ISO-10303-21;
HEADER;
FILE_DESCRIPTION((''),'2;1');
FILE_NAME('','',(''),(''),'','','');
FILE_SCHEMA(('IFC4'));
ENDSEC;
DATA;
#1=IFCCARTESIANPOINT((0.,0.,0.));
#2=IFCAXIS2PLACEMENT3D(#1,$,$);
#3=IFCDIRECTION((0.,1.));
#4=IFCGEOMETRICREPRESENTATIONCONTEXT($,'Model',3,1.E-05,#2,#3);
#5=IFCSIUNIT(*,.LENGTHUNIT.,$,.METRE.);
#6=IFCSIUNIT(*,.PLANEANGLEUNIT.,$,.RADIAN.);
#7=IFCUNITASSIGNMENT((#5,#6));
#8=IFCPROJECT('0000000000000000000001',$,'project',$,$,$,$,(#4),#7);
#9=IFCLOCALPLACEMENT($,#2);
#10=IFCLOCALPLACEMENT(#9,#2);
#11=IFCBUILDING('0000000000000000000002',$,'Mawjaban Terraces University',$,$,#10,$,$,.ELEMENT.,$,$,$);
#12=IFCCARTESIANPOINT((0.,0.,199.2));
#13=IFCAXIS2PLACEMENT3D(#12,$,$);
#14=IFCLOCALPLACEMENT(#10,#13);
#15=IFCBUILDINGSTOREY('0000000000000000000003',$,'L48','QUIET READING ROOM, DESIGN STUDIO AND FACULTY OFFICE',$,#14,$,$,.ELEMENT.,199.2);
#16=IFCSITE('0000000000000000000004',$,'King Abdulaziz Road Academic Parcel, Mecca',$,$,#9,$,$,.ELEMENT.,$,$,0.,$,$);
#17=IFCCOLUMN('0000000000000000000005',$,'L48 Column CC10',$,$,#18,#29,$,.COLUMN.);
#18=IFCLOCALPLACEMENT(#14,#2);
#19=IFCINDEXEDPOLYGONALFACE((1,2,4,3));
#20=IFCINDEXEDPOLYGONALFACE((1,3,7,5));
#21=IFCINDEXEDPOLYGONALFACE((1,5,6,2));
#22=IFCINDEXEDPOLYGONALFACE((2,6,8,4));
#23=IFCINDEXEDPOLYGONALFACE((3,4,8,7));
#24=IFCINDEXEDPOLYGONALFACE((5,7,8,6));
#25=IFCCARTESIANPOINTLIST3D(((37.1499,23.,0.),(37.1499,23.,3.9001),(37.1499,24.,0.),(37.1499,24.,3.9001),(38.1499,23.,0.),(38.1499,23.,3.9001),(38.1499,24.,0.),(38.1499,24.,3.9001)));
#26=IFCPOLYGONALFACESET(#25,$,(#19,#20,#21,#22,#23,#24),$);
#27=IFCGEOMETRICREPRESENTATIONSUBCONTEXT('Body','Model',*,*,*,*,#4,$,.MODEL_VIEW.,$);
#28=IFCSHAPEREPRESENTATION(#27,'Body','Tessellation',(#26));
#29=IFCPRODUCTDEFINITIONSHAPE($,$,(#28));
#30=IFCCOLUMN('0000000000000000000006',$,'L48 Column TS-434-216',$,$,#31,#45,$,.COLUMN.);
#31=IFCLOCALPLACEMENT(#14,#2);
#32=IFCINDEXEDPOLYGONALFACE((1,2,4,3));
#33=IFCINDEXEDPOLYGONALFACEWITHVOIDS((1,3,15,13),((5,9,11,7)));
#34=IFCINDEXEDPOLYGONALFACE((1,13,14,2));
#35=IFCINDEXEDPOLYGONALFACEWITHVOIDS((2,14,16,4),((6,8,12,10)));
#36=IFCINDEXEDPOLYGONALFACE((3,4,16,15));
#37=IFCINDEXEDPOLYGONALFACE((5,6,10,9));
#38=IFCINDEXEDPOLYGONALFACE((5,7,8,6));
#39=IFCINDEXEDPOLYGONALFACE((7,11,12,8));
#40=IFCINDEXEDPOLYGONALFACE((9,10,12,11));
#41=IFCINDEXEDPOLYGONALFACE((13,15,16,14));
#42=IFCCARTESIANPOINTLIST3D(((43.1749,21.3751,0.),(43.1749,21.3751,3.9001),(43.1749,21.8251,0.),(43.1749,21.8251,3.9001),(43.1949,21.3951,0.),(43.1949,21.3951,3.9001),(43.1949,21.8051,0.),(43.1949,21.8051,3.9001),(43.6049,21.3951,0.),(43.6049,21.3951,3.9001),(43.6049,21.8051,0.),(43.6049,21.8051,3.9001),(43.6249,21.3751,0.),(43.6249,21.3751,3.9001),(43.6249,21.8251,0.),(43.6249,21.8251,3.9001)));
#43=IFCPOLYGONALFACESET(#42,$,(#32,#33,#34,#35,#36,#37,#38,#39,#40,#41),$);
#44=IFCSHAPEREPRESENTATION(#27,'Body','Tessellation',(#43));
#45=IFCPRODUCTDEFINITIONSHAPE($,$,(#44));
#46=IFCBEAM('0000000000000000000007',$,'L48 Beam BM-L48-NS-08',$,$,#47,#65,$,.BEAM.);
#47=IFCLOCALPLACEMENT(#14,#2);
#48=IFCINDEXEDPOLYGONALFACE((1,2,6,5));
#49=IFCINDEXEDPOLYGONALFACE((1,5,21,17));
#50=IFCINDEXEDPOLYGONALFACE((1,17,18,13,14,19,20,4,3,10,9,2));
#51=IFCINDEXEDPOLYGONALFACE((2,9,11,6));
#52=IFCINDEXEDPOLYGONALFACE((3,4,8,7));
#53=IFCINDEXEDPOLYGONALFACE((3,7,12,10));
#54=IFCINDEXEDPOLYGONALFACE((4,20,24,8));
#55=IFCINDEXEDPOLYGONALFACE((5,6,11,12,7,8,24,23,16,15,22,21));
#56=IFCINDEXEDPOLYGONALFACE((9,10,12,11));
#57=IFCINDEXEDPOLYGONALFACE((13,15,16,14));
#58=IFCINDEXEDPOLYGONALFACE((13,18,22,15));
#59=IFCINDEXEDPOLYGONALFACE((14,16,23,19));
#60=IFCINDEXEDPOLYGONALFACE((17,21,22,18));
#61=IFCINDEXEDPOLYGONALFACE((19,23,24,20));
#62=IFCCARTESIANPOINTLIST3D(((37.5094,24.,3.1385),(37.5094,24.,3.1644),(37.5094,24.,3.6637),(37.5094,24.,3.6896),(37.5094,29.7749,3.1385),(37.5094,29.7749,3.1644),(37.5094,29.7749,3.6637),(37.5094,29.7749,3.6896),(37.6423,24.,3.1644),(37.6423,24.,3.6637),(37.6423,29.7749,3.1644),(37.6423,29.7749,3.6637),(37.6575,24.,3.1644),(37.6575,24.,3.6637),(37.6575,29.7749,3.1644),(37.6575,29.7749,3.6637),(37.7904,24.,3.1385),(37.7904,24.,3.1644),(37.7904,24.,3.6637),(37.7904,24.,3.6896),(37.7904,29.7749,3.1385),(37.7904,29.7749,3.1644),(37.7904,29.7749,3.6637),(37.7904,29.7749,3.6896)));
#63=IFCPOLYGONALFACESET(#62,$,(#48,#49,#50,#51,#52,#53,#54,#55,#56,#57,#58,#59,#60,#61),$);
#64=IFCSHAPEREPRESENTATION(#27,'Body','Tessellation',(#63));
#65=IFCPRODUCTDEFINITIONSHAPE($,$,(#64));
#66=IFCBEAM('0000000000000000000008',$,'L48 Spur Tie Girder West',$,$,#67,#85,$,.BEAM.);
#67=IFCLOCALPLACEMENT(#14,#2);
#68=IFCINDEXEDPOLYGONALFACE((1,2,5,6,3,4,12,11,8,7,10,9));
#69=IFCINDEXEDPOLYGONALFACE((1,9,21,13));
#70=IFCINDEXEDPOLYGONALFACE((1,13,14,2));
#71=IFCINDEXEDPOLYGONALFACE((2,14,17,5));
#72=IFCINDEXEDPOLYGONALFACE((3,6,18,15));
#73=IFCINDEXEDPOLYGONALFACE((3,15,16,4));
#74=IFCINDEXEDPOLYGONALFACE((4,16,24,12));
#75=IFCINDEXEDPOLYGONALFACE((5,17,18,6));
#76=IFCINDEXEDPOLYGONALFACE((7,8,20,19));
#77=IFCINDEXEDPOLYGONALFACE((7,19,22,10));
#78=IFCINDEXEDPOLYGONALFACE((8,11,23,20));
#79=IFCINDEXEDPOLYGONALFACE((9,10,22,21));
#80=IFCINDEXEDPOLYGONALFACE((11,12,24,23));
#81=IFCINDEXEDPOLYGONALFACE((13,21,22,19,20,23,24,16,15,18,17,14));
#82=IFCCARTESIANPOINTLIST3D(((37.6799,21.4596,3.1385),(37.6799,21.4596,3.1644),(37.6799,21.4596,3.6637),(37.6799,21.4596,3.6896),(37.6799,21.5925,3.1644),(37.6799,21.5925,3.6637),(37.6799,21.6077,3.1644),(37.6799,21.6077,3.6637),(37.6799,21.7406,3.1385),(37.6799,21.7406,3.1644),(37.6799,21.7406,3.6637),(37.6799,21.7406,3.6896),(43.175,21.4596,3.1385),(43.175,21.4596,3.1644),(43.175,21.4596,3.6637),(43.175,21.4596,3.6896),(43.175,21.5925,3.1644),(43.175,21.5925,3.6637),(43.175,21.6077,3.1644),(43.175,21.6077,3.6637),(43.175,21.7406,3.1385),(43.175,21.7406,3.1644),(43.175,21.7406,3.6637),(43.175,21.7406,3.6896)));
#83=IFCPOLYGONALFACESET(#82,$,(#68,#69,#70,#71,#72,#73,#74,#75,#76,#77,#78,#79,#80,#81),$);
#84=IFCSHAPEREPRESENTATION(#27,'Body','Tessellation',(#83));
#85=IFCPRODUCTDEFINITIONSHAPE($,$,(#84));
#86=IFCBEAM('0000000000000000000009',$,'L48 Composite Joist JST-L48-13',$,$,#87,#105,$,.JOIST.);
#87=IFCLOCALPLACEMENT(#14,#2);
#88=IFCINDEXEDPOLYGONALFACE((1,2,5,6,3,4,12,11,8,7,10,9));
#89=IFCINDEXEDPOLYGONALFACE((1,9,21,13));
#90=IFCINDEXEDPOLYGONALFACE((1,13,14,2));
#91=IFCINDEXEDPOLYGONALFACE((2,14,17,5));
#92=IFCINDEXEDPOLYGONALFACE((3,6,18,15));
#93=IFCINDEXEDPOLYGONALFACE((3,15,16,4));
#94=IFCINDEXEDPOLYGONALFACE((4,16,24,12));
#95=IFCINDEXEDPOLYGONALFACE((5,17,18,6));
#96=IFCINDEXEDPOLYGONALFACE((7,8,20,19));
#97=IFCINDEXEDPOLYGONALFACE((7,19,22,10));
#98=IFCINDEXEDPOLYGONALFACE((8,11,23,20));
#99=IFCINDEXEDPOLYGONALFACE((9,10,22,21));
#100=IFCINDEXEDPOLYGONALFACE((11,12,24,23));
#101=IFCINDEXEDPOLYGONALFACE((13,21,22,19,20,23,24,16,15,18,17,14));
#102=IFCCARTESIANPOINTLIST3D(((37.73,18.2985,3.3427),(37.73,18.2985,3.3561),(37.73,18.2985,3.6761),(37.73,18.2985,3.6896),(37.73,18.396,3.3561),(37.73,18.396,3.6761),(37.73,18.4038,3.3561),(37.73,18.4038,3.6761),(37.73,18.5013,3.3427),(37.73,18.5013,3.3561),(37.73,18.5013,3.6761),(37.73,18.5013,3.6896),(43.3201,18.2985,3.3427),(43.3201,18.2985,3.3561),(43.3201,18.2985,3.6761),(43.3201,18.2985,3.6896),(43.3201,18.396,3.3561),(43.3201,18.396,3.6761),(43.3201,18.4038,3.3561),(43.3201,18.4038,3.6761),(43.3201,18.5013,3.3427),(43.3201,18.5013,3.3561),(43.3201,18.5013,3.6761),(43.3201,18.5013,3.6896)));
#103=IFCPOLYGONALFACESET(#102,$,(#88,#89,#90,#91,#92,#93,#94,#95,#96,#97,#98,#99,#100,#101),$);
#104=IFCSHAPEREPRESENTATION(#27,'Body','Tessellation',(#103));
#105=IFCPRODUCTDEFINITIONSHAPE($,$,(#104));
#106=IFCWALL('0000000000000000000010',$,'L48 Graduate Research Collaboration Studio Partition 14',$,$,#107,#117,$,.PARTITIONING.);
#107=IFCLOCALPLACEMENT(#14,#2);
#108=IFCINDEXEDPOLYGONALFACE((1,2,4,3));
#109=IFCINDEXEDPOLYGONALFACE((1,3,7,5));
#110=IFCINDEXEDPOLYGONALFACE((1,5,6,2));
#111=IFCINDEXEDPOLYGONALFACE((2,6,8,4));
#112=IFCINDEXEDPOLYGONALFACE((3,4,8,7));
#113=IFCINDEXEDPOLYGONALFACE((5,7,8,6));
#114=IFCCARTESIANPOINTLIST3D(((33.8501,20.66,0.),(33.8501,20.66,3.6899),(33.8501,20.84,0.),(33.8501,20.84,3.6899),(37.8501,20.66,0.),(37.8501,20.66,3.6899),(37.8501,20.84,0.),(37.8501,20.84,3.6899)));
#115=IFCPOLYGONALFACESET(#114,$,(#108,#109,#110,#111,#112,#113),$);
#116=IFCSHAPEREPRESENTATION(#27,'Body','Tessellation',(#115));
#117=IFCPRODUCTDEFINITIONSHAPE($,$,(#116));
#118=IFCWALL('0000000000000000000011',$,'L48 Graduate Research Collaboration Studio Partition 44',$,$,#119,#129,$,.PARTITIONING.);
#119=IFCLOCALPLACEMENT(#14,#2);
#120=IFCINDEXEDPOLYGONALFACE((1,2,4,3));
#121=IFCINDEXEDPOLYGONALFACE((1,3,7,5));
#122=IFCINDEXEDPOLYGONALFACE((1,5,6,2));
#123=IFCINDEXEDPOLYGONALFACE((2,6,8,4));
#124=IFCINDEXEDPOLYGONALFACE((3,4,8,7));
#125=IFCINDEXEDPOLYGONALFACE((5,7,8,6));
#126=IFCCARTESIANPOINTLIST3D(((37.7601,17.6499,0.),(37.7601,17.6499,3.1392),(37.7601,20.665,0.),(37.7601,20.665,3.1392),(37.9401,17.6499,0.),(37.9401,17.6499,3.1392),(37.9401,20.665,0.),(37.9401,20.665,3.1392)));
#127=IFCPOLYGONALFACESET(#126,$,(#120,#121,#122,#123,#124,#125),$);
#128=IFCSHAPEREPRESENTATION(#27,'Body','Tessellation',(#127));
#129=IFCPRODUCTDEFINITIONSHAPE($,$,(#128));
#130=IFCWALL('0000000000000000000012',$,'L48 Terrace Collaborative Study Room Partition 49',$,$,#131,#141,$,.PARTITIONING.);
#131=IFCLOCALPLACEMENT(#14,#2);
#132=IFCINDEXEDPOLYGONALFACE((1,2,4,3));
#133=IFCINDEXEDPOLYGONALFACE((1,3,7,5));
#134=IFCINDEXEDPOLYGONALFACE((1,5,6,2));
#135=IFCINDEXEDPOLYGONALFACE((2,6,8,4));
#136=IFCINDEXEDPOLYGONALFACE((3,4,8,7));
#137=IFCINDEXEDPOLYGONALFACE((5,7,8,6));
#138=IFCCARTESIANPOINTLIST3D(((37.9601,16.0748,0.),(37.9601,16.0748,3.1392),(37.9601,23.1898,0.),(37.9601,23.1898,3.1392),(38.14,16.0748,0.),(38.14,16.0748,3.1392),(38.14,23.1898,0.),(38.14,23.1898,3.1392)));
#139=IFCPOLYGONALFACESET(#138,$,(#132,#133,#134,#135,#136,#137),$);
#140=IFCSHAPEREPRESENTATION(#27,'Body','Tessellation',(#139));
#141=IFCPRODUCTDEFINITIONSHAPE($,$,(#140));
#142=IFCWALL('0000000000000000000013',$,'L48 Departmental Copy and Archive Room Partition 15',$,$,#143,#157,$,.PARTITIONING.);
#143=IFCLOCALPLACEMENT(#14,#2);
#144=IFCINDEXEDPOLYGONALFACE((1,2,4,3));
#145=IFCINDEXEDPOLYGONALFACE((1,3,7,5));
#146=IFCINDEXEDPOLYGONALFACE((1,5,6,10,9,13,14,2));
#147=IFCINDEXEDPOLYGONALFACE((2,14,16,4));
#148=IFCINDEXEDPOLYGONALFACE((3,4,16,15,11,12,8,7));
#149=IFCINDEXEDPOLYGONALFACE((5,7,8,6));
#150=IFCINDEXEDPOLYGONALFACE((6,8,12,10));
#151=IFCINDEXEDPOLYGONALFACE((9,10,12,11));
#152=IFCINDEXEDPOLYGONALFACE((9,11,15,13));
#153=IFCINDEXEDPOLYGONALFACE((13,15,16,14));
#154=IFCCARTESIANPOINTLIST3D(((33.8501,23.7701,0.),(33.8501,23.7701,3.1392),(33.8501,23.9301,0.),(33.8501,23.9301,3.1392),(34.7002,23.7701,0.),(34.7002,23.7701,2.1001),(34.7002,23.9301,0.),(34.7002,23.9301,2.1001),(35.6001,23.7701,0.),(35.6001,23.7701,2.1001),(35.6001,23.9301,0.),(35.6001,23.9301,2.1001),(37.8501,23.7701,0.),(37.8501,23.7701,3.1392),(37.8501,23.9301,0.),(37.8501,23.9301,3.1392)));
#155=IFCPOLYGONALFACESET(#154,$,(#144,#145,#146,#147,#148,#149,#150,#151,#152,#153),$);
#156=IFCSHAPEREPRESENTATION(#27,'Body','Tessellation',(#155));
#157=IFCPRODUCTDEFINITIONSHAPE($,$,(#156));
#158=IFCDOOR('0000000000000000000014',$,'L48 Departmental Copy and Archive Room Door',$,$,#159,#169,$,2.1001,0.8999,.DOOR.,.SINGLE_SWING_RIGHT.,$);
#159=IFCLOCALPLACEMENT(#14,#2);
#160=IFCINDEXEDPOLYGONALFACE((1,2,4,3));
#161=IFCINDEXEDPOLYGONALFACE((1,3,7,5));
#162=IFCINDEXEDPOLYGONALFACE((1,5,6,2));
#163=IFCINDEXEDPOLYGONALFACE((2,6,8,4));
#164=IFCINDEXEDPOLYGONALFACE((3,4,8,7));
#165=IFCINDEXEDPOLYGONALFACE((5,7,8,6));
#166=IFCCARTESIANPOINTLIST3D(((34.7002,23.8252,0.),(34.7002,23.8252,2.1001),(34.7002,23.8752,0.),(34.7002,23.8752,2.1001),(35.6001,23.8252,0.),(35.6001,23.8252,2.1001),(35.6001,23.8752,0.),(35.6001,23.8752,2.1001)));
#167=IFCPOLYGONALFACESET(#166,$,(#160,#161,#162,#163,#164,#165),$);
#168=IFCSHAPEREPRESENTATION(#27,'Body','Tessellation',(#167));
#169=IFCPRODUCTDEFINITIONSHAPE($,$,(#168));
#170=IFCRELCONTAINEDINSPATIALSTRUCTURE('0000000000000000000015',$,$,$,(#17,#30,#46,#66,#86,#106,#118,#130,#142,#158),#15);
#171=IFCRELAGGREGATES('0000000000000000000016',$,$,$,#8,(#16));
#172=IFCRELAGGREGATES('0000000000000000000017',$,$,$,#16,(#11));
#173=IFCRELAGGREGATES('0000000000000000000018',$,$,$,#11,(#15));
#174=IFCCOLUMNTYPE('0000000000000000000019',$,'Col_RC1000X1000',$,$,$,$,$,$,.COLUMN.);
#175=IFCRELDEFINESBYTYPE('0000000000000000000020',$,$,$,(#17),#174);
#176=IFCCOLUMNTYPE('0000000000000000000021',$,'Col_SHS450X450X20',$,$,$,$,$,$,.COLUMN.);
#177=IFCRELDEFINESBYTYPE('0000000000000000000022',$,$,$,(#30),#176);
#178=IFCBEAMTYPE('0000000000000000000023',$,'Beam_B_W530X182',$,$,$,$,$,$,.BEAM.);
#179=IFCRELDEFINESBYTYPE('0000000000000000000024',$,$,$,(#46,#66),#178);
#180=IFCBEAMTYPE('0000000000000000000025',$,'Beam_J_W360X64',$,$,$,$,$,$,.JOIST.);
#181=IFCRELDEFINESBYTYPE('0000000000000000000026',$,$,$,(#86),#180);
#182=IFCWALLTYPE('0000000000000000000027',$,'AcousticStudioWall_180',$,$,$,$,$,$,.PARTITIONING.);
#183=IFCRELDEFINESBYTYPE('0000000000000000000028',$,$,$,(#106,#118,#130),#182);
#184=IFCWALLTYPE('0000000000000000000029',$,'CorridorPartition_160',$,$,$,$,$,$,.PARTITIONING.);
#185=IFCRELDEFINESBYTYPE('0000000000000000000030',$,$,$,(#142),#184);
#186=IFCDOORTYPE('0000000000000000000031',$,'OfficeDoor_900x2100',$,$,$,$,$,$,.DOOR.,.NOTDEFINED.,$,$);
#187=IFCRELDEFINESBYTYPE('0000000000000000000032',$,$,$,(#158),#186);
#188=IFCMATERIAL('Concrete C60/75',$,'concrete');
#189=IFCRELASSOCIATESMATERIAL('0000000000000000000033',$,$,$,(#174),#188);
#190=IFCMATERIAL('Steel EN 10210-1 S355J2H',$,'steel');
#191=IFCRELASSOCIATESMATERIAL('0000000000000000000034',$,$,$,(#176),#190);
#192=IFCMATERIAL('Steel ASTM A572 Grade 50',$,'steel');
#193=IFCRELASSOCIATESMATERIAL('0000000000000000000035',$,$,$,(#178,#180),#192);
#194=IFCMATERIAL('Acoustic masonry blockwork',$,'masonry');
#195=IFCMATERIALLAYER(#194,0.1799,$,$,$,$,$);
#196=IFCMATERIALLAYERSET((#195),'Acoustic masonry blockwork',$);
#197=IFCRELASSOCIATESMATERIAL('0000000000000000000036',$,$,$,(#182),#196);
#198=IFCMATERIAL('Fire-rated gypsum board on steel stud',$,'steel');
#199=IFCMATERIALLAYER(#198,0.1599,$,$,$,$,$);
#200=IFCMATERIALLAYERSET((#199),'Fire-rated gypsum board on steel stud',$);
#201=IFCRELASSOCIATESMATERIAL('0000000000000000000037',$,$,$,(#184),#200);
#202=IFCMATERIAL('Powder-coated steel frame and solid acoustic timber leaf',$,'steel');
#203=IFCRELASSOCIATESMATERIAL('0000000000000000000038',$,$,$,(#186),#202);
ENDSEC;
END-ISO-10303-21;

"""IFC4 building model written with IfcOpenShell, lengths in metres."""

from ifc_helpers import new_model, si_unit, direction, frame, frame_2d, origin, origin_2d, place, context, subcontext, project, spatial, rectangle, hollow_rectangle, i_section, extrude, material, layer, layer_set, material_profile, profile_set, type_object, element, fill, save


model = new_model("IFC4")

# Units and contexts
model_context = context("Model", 3, precision=1e-05, world=origin(), true_north=direction((0.0, 1.0)))
body_context = subcontext(model_context, "Body", "Model", "MODEL_VIEW")
ifc_project = project(units=[si_unit("LENGTHUNIT", "METRE"), si_unit("PLANEANGLEUNIT", "RADIAN")], contexts=[model_context])

# Site, building, storey
site_placement = place(None, origin())
site = spatial("IfcSite", under=ifc_project, at=site_placement, Name="King Abdulaziz Road Academic Parcel, Mecca", CompositionType="ELEMENT", RefElevation=0.0)
building_placement = place(site_placement, origin())
building = spatial("IfcBuilding", under=site, at=building_placement, Name="Mawjaban Terraces University", CompositionType="ELEMENT")
storey_placement = place(building_placement, frame((0.0, 0.0, 199.2)))
storey = spatial("IfcBuildingStorey", under=building, at=storey_placement, Name="L48", Description="QUIET READING ROOM, DESIGN STUDIO AND FACULTY OFFICE", CompositionType="ELEMENT", Elevation=199.2)

# Columns
ifc_material_1 = material(Name="Concrete C60/75", Category="concrete")
ifc_material_profile_1 = material_profile(ifc_material_1, rectangle(XDim=1.0, YDim=1.0, at=origin_2d()), Name="RC1000X1000")
ifc_profile_set_1 = profile_set([ifc_material_profile_1], Name="Concrete C60/75")
column_type_1 = type_object("IfcColumnType", Name="Col_RC1000X1000", PredefinedType="COLUMN", material=ifc_profile_set_1)
column_1_placement = place(storey_placement, frame((37.6499, 23.5, 0.0), z_axis=(0.0, 0.0, 1.0), x_axis=(1.0, 0.0, 0.0)))
element("IfcColumn", 1, at=column_1_placement, inside=storey, type_object=column_type_1, Name="L48 Column CC10", PredefinedType="COLUMN", context=body_context, shape_type="SweptSolid", body=[
    extrude(rectangle(XDim=1.0, YDim=1.0, at=origin_2d()), origin(), (0.0, 0.0, 1.0), 3.9001),
])
ifc_material_2 = material(Name="Steel EN 10210-1 S355J2H", Category="steel")
ifc_material_profile_2 = material_profile(ifc_material_2, hollow_rectangle(XDim=0.45, YDim=0.45, WallThickness=0.02, at=origin_2d()), Name="SHS450X450X20")
ifc_profile_set_2 = profile_set([ifc_material_profile_2], Name="Steel EN 10210-1 S355J2H")
column_type_2 = type_object("IfcColumnType", Name="Col_SHS450X450X20", PredefinedType="COLUMN", material=ifc_profile_set_2)
column_2_placement = place(storey_placement, frame((43.3999, 21.6001, 0.0), z_axis=(0.0, 0.0, 1.0), x_axis=(1.0, 0.0, 0.0)))
element("IfcColumn", 2, at=column_2_placement, inside=storey, type_object=column_type_2, Name="L48 Column TS-434-216", PredefinedType="COLUMN", context=body_context, shape_type="SweptSolid", body=[
    extrude(hollow_rectangle(XDim=0.45, YDim=0.45, WallThickness=0.02, at=origin_2d()), origin(), (0.0, 0.0, 1.0), 3.9001),
])

# Beams
ifc_material_3 = material(Name="Steel ASTM A572 Grade 50", Category="steel")
ifc_material_profile_3 = material_profile(ifc_material_3, i_section(OverallWidth=0.281, OverallDepth=0.551, WebThickness=0.0151, FlangeThickness=0.0259, at=origin_2d()), Name="W530X182")
ifc_profile_set_3 = profile_set([ifc_material_profile_3], Name="Steel ASTM A572 Grade 50")
beam_type_1 = type_object("IfcBeamType", Name="Beam_B_W530X182", PredefinedType="BEAM", material=ifc_profile_set_3)
beam_1_placement = place(storey_placement, frame((37.6499, 24.0, 3.4141), z_axis=(0.0, 1.0, 0.0), x_axis=(-1.0, 0.0, 0.0)))
element("IfcBeam", 3, at=beam_1_placement, inside=storey, type_object=beam_type_1, Name="L48 Beam BM-L48-NS-08", PredefinedType="BEAM", context=body_context, shape_type="SweptSolid", body=[
    extrude(i_section(OverallWidth=0.281, OverallDepth=0.551, WebThickness=0.0151, FlangeThickness=0.0259, at=origin_2d()), origin(), (0.0, 0.0, 1.0), 5.7749),
])
beam_2_placement = place(storey_placement, frame((37.6799, 21.6001, 3.4141), z_axis=(1.0, 0.0, 0.0), x_axis=(0.0, 1.0, 0.0)))
element("IfcBeam", 4, at=beam_2_placement, inside=storey, type_object=beam_type_1, Name="L48 Spur Tie Girder West", PredefinedType="BEAM", context=body_context, shape_type="SweptSolid", body=[
    extrude(i_section(OverallWidth=0.281, OverallDepth=0.551, WebThickness=0.0151, FlangeThickness=0.0259, at=origin_2d()), origin(), (0.0, 0.0, 1.0), 5.4951),
])
ifc_material_profile_4 = material_profile(ifc_material_3, i_section(OverallWidth=0.2029, OverallDepth=0.3469, WebThickness=0.0078, FlangeThickness=0.0134, at=origin_2d()), Name="W360X64")
ifc_profile_set_4 = profile_set([ifc_material_profile_4], Name="Steel ASTM A572 Grade 50")
beam_type_2 = type_object("IfcBeamType", Name="Beam_J_W360X64", PredefinedType="JOIST", material=ifc_profile_set_4)
beam_3_placement = place(storey_placement, frame((37.73, 18.3999, 3.5161), z_axis=(1.0, 0.0, 0.0), x_axis=(0.0, 1.0, 0.0)))
element("IfcBeam", 5, at=beam_3_placement, inside=storey, type_object=beam_type_2, Name="L48 Composite Joist JST-L48-13", PredefinedType="JOIST", context=body_context, shape_type="SweptSolid", body=[
    extrude(i_section(OverallWidth=0.2029, OverallDepth=0.3469, WebThickness=0.0078, FlangeThickness=0.0134, at=origin_2d()), origin(), (0.0, 0.0, 1.0), 5.5901),
])

# Walls
ifc_material_4 = material(Name="Acoustic masonry blockwork", Category="masonry")
ifc_layer_1 = layer(ifc_material_4, 0.1799)
ifc_layer_set_1 = layer_set([ifc_layer_1], Name="Acoustic masonry blockwork")
wall_type_1 = type_object("IfcWallType", Name="AcousticStudioWall_180", PredefinedType="PARTITIONING", material=ifc_layer_set_1)
wall_1_placement = place(storey_placement, frame((37.8501, 20.75, 0.0), z_axis=(0.0, 0.0, 1.0), x_axis=(-1.0, 0.0, 0.0)))
element("IfcWall", 6, at=wall_1_placement, inside=storey, type_object=wall_type_1, Name="L48 Graduate Research Collaboration Studio Partition 14", PredefinedType="PARTITIONING", context=body_context, shape_type="SweptSolid", body=[
    extrude(rectangle(XDim=4.0, YDim=0.1799, at=frame_2d((2.0, 0.0))), origin(), (0.0, 0.0, 1.0), 3.6899),
])
wall_2_placement = place(storey_placement, frame((37.8501, 17.6499, 0.0), z_axis=(0.0, 0.0, 1.0), x_axis=(0.0, 1.0, 0.0)))
element("IfcWall", 7, at=wall_2_placement, inside=storey, type_object=wall_type_1, Name="L48 Graduate Research Collaboration Studio Partition 44", PredefinedType="PARTITIONING", context=body_context, shape_type="SweptSolid", body=[
    extrude(rectangle(XDim=3.0151, YDim=0.1799, at=frame_2d((1.5076, 0.0))), origin(), (0.0, 0.0, 1.0), 3.1392),
])
wall_3_placement = place(storey_placement, frame((38.05, 23.1899, 0.0), z_axis=(0.0, 0.0, 1.0), x_axis=(0.0, -1.0, 0.0)))
element("IfcWall", 8, at=wall_3_placement, inside=storey, type_object=wall_type_1, Name="L48 Terrace Collaborative Study Room Partition 49", PredefinedType="PARTITIONING", context=body_context, shape_type="SweptSolid", body=[
    extrude(rectangle(XDim=7.115, YDim=0.1799, at=frame_2d((3.5576, 0.0))), origin(), (0.0, 0.0, 1.0), 3.1392),
])

# Wall, opening, door
ifc_material_5 = material(Name="Fire-rated gypsum board on steel stud", Category="steel")
ifc_layer_2 = layer(ifc_material_5, 0.1599)
ifc_layer_set_2 = layer_set([ifc_layer_2], Name="Fire-rated gypsum board on steel stud")
wall_type_2 = type_object("IfcWallType", Name="CorridorPartition_160", PredefinedType="PARTITIONING", material=ifc_layer_set_2)
wall_4_placement = place(storey_placement, frame((37.8501, 23.8501, 0.0), z_axis=(0.0, 0.0, 1.0), x_axis=(-1.0, 0.0, 0.0)))
wall_4 = element("IfcWall", 9, at=wall_4_placement, inside=storey, type_object=wall_type_2, Name="L48 Departmental Copy and Archive Room Partition 15", PredefinedType="PARTITIONING", context=body_context, shape_type="SweptSolid", body=[
    extrude(rectangle(XDim=4.0, YDim=0.1599, at=frame_2d((2.0, 0.0))), origin(), (0.0, 0.0, 1.0), 3.1392),
])
opening_1_placement = place(wall_4_placement, frame((2.25, 0.0, 0.0)))
opening_1 = element("IfcOpeningElement", 10, at=opening_1_placement, cuts=wall_4, PredefinedType="OPENING", context=body_context, shape_type="SweptSolid", body=[
    extrude(rectangle(XDim=0.8999, YDim=2.1001, at=frame_2d((0.45, 1.05))), frame((0.0, 0.0898, 0.0), z_axis=(0.0, -1.0, 0.0), x_axis=(1.0, 0.0, 0.0)), (0.0, 0.0, 1.0), 0.1799),
])
ifc_material_6 = material(Name="Powder-coated steel frame and solid acoustic timber leaf", Category="steel")
door_type_1 = type_object("IfcDoorType", Name="OfficeDoor_900x2100", OperationType="NOTDEFINED", PredefinedType="DOOR", material=ifc_material_6)
door_1_placement = place(opening_1_placement, origin())
door_1 = element("IfcDoor", 11, at=door_1_placement, inside=storey, type_object=door_type_1, Name="L48 Departmental Copy and Archive Room Door", OperationType="SINGLE_SWING_RIGHT", OverallHeight=2.1001, OverallWidth=0.8999, PredefinedType="DOOR", context=body_context, shape_type="SweptSolid", body=[
    extrude(rectangle(XDim=0.8999, YDim=2.1001, at=frame_2d((0.45, 1.05))), frame((0.0, 0.0249, 0.0), z_axis=(0.0, -1.0, 0.0), x_axis=(1.0, 0.0, 0.0)), (0.0, 0.0, 1.0), 0.05),
])
fill(opening_1, door_1)

save(model, "model.ifc")
